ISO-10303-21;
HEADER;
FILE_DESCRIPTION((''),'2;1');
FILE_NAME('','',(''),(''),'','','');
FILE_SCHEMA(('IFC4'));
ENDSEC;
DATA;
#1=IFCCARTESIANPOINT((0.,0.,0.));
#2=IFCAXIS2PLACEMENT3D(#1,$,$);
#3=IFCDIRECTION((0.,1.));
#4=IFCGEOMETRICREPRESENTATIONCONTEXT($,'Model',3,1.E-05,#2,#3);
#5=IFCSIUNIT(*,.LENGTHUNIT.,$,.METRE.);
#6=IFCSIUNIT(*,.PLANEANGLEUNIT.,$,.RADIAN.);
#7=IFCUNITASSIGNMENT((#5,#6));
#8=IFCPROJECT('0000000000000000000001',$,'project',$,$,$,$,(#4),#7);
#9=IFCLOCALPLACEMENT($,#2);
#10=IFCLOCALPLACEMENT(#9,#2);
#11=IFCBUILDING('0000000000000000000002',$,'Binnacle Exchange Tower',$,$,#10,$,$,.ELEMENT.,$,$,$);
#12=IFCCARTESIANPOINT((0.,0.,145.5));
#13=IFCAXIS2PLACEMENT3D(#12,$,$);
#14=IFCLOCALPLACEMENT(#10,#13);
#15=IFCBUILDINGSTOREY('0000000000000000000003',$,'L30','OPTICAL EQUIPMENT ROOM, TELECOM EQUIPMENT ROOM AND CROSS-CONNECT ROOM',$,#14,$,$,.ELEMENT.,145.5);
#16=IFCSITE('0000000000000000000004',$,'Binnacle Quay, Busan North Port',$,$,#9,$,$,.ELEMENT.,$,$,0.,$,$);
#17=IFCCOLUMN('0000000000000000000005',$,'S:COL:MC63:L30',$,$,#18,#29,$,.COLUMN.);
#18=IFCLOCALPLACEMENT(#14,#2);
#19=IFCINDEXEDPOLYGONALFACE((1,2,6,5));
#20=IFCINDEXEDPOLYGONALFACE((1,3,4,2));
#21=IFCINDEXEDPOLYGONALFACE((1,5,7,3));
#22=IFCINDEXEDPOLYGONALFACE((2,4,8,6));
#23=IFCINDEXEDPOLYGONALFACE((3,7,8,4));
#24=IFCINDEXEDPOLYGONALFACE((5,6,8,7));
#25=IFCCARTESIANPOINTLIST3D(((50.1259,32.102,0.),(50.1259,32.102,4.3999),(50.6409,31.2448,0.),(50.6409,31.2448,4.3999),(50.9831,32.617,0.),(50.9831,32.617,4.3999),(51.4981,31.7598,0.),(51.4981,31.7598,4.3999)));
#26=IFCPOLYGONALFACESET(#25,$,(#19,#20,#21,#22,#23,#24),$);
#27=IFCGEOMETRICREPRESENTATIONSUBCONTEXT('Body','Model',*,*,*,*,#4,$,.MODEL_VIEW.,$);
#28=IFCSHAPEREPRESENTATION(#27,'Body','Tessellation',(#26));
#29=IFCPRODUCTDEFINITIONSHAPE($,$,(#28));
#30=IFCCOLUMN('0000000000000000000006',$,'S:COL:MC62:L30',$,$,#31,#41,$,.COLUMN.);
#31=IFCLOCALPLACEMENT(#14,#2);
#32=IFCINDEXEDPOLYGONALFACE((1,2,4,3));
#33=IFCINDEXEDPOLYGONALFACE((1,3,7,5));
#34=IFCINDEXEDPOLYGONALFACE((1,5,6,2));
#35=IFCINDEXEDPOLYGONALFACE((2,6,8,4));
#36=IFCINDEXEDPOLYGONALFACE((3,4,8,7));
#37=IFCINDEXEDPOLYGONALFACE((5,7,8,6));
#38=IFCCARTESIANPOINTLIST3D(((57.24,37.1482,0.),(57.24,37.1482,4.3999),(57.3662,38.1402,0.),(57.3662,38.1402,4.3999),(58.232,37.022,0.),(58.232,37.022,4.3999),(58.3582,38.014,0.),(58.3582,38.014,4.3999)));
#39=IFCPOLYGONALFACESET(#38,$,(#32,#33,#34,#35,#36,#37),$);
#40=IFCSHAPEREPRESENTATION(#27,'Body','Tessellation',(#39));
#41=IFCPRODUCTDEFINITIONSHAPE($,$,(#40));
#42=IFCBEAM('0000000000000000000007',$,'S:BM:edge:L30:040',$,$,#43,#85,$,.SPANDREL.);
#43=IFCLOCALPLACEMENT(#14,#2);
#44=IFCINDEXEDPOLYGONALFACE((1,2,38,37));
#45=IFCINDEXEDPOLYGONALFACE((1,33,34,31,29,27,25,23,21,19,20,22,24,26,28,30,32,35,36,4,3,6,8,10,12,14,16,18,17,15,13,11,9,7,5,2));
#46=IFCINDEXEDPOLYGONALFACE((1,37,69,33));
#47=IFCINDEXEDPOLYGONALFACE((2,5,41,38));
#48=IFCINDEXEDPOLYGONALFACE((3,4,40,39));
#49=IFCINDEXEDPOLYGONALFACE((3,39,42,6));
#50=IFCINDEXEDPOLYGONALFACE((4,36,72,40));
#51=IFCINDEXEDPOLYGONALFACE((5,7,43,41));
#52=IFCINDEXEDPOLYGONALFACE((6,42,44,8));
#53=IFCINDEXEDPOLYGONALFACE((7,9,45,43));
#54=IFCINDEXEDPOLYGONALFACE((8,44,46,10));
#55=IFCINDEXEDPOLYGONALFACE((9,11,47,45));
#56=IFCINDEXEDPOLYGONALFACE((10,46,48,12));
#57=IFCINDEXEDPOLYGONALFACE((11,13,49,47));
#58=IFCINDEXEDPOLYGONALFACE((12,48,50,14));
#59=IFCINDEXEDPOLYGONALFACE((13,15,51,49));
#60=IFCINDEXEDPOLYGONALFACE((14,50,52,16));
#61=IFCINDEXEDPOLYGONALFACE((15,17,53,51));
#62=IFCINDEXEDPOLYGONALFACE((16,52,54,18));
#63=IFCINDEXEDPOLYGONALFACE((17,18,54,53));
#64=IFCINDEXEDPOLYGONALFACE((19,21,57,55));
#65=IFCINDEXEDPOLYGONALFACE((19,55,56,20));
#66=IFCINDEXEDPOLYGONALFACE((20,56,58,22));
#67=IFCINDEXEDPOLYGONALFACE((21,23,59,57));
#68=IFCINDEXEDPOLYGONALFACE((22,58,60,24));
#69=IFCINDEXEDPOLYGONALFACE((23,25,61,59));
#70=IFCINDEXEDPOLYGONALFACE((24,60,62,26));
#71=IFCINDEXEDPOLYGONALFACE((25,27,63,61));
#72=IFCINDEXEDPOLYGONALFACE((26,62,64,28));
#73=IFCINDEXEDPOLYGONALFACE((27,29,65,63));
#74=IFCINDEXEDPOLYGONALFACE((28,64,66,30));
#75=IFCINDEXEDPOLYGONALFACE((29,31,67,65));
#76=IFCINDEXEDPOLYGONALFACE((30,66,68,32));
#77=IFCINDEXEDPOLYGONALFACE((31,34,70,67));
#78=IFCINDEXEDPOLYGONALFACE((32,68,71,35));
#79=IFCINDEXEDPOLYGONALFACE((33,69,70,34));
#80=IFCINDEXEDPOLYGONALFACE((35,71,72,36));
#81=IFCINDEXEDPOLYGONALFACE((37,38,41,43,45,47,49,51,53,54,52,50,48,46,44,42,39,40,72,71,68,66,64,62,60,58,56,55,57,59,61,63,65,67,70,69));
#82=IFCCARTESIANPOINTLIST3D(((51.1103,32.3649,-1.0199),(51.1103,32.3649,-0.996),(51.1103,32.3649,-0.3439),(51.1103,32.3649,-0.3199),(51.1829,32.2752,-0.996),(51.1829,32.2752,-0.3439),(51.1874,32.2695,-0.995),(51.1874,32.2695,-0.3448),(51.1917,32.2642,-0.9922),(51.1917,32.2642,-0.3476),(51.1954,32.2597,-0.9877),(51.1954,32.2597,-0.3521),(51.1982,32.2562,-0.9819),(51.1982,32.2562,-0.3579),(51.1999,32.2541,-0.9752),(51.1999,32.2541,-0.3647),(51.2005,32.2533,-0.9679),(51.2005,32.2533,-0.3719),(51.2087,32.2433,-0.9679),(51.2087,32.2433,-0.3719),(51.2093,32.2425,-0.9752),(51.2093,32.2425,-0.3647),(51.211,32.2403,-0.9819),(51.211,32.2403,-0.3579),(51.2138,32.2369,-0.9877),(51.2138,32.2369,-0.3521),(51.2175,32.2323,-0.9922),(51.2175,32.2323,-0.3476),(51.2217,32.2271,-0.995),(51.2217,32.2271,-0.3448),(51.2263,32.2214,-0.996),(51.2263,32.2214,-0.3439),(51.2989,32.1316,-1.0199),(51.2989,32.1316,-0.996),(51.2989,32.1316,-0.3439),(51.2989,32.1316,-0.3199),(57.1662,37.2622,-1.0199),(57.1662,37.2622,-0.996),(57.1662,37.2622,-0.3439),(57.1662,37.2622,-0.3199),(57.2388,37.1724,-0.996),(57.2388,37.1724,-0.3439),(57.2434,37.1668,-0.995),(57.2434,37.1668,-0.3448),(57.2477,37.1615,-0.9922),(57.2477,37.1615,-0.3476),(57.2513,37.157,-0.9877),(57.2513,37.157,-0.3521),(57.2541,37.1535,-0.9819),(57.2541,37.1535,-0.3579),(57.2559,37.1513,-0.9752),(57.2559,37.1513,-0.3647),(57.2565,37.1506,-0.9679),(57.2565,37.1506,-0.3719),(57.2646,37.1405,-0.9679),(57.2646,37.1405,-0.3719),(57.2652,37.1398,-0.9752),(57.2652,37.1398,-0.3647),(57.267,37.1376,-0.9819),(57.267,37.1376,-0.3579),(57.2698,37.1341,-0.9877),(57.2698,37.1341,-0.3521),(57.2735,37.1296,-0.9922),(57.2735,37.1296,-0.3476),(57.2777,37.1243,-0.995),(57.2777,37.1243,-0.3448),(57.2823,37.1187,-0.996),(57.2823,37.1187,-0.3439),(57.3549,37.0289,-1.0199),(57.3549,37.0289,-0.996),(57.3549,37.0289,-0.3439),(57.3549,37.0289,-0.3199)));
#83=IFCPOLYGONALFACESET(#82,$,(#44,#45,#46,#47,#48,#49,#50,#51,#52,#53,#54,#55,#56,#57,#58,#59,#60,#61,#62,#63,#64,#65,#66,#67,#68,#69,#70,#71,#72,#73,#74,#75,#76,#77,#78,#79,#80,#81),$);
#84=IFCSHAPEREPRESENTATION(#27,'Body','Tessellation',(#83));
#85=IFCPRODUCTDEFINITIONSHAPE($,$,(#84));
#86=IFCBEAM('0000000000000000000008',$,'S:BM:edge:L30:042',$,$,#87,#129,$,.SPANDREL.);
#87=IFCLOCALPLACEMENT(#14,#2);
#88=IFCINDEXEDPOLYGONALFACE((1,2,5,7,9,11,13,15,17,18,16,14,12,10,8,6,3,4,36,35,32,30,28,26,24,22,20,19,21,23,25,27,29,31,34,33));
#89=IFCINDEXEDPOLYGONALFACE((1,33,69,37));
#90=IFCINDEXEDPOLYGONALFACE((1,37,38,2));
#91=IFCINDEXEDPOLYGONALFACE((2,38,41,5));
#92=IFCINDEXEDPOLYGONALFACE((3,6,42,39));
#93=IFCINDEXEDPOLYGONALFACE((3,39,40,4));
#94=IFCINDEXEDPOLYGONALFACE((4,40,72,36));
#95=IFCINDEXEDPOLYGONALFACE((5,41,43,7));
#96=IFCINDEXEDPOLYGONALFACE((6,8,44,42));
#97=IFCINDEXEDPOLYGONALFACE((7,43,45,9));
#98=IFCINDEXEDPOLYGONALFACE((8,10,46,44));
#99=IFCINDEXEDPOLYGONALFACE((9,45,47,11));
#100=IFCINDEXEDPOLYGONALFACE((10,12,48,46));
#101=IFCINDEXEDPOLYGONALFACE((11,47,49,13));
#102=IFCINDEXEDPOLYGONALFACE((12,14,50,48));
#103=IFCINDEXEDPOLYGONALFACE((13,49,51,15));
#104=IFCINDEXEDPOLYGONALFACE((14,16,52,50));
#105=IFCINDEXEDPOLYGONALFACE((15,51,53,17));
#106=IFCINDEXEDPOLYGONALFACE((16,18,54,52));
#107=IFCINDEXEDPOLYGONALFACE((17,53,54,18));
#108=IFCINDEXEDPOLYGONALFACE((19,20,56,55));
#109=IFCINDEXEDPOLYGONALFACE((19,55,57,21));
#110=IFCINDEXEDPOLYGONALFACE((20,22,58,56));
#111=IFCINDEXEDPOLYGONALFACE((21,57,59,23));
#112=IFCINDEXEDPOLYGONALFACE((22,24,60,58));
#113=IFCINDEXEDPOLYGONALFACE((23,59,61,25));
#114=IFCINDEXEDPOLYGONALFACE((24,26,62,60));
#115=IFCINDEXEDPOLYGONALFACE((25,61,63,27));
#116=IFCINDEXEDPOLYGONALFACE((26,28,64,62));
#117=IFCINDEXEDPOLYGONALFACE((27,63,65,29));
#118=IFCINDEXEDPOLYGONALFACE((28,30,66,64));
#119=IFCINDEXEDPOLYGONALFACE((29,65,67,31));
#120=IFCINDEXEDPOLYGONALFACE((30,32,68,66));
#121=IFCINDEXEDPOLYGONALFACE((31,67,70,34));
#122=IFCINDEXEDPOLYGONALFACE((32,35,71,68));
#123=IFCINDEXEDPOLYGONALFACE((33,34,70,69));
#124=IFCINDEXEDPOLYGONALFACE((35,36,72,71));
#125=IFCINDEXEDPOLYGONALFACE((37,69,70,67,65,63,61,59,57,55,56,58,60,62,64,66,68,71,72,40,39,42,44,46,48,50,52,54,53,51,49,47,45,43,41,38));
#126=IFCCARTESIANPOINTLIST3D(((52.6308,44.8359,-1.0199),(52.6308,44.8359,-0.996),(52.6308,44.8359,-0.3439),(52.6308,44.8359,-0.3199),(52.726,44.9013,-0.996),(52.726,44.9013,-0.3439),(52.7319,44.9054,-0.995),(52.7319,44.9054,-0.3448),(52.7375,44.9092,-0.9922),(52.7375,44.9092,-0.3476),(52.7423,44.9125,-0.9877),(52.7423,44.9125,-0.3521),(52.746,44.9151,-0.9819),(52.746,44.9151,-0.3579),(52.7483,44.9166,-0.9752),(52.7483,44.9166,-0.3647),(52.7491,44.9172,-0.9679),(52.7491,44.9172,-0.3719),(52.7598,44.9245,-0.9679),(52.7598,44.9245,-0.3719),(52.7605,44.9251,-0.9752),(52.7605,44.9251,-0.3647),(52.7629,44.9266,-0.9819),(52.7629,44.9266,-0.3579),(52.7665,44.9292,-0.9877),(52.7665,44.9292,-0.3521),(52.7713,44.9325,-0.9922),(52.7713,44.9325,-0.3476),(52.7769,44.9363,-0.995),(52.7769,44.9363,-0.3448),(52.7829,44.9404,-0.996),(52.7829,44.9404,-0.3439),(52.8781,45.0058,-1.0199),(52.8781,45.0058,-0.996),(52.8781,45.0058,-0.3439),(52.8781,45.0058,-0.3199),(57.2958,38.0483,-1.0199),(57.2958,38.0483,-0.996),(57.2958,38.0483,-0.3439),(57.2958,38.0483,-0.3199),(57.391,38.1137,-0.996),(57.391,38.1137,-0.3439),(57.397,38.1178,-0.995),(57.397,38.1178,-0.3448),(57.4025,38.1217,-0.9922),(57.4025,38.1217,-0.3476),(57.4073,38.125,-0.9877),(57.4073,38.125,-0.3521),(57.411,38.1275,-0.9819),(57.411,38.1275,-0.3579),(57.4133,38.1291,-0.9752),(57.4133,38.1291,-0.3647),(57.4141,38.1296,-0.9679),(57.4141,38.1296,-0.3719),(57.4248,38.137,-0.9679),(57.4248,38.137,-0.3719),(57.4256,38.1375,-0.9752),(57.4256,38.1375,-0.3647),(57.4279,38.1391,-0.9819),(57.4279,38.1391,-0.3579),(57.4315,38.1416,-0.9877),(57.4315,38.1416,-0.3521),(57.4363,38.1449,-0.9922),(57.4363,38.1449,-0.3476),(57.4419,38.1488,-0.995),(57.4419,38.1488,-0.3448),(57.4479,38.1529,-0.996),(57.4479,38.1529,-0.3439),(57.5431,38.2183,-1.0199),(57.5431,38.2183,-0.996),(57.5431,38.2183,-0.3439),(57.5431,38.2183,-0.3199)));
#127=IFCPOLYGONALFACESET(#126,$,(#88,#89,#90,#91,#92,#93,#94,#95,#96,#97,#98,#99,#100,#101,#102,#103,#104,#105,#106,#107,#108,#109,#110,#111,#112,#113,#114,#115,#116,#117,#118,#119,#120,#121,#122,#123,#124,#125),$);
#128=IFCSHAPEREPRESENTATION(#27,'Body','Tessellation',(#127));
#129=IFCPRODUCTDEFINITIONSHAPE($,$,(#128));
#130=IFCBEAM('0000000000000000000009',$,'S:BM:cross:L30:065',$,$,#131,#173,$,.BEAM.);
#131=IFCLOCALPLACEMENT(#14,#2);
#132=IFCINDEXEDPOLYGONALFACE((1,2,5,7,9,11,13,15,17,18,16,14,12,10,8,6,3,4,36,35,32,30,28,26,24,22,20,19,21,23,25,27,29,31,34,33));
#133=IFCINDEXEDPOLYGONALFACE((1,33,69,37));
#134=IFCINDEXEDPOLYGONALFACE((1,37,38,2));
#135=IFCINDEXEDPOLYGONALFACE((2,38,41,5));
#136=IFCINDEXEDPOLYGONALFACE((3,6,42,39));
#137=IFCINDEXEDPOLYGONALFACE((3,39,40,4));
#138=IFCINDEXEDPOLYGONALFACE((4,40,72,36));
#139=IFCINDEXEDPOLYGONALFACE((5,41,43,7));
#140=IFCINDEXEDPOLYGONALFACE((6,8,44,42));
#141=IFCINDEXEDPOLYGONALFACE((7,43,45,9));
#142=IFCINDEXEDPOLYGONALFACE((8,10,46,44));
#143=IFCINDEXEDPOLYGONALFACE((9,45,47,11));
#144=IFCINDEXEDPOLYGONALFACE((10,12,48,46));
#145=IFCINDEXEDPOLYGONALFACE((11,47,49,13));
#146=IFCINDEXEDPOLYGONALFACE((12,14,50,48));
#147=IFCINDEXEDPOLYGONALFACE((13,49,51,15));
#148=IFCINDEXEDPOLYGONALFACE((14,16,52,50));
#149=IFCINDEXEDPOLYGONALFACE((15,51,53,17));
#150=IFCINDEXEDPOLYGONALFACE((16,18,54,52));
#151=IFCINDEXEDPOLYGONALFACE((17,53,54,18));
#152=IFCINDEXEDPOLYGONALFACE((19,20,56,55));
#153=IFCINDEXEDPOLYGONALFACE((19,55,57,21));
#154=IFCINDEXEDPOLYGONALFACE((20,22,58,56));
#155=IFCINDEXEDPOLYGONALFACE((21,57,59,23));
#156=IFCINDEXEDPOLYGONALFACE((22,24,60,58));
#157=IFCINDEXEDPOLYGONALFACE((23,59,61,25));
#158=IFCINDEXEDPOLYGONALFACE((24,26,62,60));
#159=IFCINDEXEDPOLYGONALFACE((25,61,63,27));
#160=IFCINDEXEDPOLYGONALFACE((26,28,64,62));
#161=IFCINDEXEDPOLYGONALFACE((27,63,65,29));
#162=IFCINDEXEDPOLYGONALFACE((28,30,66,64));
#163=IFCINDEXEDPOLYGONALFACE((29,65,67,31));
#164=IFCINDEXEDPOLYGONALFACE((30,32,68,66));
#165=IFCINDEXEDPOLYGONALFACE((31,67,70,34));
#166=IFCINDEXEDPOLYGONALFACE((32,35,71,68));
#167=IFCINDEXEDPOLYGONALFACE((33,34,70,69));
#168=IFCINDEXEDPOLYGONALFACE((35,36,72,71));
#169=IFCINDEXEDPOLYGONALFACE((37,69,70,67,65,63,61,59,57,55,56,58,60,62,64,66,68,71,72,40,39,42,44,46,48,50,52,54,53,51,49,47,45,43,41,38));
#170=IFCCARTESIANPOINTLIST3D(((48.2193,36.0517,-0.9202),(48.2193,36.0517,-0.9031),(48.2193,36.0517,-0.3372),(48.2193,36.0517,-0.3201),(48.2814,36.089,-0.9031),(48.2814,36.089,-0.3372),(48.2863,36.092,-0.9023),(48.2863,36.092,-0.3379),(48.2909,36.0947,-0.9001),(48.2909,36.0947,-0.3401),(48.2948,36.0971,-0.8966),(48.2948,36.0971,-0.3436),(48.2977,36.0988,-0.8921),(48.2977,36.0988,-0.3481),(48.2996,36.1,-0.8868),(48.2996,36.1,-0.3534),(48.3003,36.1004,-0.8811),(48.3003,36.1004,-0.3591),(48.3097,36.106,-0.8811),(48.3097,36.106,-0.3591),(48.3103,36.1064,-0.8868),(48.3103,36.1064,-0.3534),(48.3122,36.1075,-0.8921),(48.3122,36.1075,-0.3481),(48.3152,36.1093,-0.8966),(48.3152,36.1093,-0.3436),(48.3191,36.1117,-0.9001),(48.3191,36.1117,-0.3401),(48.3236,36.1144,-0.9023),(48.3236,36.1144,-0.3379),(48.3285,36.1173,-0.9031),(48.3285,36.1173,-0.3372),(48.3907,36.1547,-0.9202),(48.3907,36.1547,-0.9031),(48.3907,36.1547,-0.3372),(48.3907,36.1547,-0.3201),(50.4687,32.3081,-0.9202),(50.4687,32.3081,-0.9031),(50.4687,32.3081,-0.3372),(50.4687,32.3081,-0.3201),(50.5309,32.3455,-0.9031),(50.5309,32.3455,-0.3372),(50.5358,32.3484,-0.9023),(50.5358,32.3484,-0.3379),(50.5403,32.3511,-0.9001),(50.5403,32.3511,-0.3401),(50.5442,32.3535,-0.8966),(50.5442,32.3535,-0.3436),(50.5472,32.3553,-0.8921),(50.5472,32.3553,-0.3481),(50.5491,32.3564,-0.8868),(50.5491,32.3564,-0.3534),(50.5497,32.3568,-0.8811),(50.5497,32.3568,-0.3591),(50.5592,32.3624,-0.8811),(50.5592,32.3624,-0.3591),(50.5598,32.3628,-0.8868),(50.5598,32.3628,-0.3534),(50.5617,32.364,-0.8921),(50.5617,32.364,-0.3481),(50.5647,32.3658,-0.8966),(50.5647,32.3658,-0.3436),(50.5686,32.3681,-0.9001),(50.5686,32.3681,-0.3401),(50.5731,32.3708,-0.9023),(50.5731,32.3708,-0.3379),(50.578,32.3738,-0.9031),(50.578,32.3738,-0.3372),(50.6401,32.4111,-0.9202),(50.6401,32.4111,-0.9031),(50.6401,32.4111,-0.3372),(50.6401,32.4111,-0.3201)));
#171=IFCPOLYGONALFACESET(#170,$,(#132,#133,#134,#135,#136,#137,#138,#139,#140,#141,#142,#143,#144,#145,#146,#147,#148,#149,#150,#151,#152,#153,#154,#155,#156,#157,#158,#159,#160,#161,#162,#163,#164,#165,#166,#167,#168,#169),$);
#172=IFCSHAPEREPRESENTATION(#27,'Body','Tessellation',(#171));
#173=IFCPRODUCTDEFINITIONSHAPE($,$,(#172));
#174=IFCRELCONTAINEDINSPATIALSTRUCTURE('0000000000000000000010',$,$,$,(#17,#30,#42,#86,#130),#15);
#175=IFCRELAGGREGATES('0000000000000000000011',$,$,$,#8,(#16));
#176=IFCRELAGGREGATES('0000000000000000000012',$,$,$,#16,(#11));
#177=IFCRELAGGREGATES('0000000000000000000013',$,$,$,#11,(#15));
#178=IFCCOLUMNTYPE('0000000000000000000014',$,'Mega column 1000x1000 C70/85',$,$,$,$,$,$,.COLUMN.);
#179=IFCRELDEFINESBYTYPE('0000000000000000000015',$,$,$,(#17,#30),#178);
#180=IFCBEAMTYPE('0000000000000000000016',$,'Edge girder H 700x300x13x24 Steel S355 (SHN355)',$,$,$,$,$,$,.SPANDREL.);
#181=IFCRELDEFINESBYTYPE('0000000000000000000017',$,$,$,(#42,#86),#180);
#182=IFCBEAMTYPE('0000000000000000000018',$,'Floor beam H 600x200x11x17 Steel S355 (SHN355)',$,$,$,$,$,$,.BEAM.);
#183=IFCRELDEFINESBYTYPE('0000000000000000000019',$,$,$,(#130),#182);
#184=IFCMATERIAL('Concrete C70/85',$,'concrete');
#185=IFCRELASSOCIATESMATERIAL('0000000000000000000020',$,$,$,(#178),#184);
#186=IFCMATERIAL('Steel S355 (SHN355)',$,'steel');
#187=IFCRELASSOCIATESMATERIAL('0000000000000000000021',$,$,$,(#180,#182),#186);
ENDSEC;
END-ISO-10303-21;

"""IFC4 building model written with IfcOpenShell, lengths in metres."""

from ifc_helpers import new_model, si_unit, direction, frame, origin, origin_2d, place, context, subcontext, project, spatial, rectangle, i_section, extrude, material, material_profile, profile_set, type_object, element, save


model = new_model("IFC4")

# Units and contexts
model_context = context("Model", 3, precision=1e-05, world=origin(), true_north=direction((0.0, 1.0)))
body_context = subcontext(model_context, "Body", "Model", "MODEL_VIEW")
ifc_project = project(units=[si_unit("LENGTHUNIT", "METRE"), si_unit("PLANEANGLEUNIT", "RADIAN")], contexts=[model_context])

# Site, building, storey
site_placement = place(None, origin())
site = spatial("IfcSite", under=ifc_project, at=site_placement, Name="Binnacle Quay, Busan North Port", CompositionType="ELEMENT", RefElevation=0.0)
building_placement = place(site_placement, origin())
building = spatial("IfcBuilding", under=site, at=building_placement, Name="Binnacle Exchange Tower", CompositionType="ELEMENT")
storey_placement = place(building_placement, frame((0.0, 0.0, 145.5)))
storey = spatial("IfcBuildingStorey", under=building, at=storey_placement, Name="L30", Description="OPTICAL EQUIPMENT ROOM, TELECOM EQUIPMENT ROOM AND CROSS-CONNECT ROOM", CompositionType="ELEMENT", Elevation=145.5)

# Columns
ifc_material_1 = material(Name="Concrete C70/85", Category="concrete")
ifc_material_profile_1 = material_profile(ifc_material_1, rectangle(XDim=1.0, YDim=1.0, at=origin_2d()), Name="Mega column 1000x1000 C70/85")
ifc_profile_set_1 = profile_set([ifc_material_profile_1], Name="Concrete C70/85")
column_type = type_object("IfcColumnType", Name="Mega column 1000x1000 C70/85", PredefinedType="COLUMN", material=ifc_profile_set_1)
for number, where, z_axis, x_axis, name in (
    (1, (50.812, 31.9309, 0.0), (0.0, 0.0, 1.0), (0.857167, 0.515038, 0.0), "S:COL:MC63:L30"),
    (2, (57.7991, 37.5811, 0.0), (0.0, 0.0, 1.0), (0.126199, 0.992005, 0.0), "S:COL:MC62:L30"),
):
    element("IfcColumn", number, at=place(storey_placement, frame(where, z_axis=z_axis, x_axis=x_axis)), inside=storey, type_object=column_type, Name=name, PredefinedType="COLUMN", context=body_context, shape_type="SweptSolid", body=[
        extrude(rectangle(XDim=1.0, YDim=1.0, at=origin_2d()), origin(), (0.0, 0.0, 1.0), 4.3999),
    ])

# Beams
ifc_material_2 = material(Name="Steel S355 (SHN355)", Category="steel")
ifc_material_profile_2 = material_profile(ifc_material_2, i_section(OverallWidth=0.3, OverallDepth=0.7, WebThickness=0.0129, FlangeThickness=0.0239, FilletRadius=0.0281, at=origin_2d()), Name="H 700x300x13x24")
ifc_profile_set_2 = profile_set([ifc_material_profile_2], Name="Steel S355 (SHN355)")
beam_type_1 = type_object("IfcBeamType", Name="Edge girder H 700x300x13x24 Steel S355 (SHN355)", PredefinedType="SPANDREL", material=ifc_profile_set_2)
beam_1_placement = place(storey_placement, frame((51.2046, 32.2483, -0.6699), z_axis=(0.77757, 0.628796, 0.0), x_axis=(-0.628796, 0.77757, 0.0)))
element("IfcBeam", 3, at=beam_1_placement, inside=storey, type_object=beam_type_1, Name="S:BM:edge:L30:040", PredefinedType="SPANDREL", context=body_context, shape_type="SweptSolid", body=[
    extrude(i_section(OverallWidth=0.3, OverallDepth=0.7, WebThickness=0.0129, FlangeThickness=0.0239, FilletRadius=0.0281, at=origin_2d()), origin(), (0.0, 0.0, 1.0), 7.7883),
])
beam_2_placement = place(storey_placement, frame((57.4194, 38.1333, -0.6699), z_axis=(-0.566411, 0.824123, 0.0), x_axis=(-0.824123, -0.566411, 0.0)))
element("IfcBeam", 4, at=beam_2_placement, inside=storey, type_object=beam_type_1, Name="S:BM:edge:L30:042", PredefinedType="SPANDREL", context=body_context, shape_type="SweptSolid", body=[
    extrude(i_section(OverallWidth=0.3, OverallDepth=0.7, WebThickness=0.0129, FlangeThickness=0.0239, FilletRadius=0.0281, at=origin_2d()), origin(), (0.0, 0.0, 1.0), 8.2361),
])
ifc_material_profile_3 = material_profile(ifc_material_2, i_section(OverallWidth=0.2, OverallDepth=0.6001, WebThickness=0.011, FlangeThickness=0.0171, FilletRadius=0.022, at=origin_2d()), Name="H 600x200x11x17")
ifc_profile_set_3 = profile_set([ifc_material_profile_3], Name="Steel S355 (SHN355)")
beam_type_2 = type_object("IfcBeamType", Name="Floor beam H 600x200x11x17 Steel S355 (SHN355)", PredefinedType="BEAM", material=ifc_profile_set_3)
beam_3_placement = place(storey_placement, frame((50.5544, 32.3596, -0.6201), z_axis=(-0.515055, 0.857157, 0.0), x_axis=(-0.857157, -0.515055, 0.0)))
element("IfcBeam", 5, at=beam_3_placement, inside=storey, type_object=beam_type_2, Name="S:BM:cross:L30:065", PredefinedType="BEAM", context=body_context, shape_type="SweptSolid", body=[
    extrude(i_section(OverallWidth=0.2, OverallDepth=0.6001, WebThickness=0.011, FlangeThickness=0.0171, FilletRadius=0.022, at=origin_2d()), origin(), (0.0, 0.0, 1.0), 4.3674),
])

save(model, "model.ifc")
